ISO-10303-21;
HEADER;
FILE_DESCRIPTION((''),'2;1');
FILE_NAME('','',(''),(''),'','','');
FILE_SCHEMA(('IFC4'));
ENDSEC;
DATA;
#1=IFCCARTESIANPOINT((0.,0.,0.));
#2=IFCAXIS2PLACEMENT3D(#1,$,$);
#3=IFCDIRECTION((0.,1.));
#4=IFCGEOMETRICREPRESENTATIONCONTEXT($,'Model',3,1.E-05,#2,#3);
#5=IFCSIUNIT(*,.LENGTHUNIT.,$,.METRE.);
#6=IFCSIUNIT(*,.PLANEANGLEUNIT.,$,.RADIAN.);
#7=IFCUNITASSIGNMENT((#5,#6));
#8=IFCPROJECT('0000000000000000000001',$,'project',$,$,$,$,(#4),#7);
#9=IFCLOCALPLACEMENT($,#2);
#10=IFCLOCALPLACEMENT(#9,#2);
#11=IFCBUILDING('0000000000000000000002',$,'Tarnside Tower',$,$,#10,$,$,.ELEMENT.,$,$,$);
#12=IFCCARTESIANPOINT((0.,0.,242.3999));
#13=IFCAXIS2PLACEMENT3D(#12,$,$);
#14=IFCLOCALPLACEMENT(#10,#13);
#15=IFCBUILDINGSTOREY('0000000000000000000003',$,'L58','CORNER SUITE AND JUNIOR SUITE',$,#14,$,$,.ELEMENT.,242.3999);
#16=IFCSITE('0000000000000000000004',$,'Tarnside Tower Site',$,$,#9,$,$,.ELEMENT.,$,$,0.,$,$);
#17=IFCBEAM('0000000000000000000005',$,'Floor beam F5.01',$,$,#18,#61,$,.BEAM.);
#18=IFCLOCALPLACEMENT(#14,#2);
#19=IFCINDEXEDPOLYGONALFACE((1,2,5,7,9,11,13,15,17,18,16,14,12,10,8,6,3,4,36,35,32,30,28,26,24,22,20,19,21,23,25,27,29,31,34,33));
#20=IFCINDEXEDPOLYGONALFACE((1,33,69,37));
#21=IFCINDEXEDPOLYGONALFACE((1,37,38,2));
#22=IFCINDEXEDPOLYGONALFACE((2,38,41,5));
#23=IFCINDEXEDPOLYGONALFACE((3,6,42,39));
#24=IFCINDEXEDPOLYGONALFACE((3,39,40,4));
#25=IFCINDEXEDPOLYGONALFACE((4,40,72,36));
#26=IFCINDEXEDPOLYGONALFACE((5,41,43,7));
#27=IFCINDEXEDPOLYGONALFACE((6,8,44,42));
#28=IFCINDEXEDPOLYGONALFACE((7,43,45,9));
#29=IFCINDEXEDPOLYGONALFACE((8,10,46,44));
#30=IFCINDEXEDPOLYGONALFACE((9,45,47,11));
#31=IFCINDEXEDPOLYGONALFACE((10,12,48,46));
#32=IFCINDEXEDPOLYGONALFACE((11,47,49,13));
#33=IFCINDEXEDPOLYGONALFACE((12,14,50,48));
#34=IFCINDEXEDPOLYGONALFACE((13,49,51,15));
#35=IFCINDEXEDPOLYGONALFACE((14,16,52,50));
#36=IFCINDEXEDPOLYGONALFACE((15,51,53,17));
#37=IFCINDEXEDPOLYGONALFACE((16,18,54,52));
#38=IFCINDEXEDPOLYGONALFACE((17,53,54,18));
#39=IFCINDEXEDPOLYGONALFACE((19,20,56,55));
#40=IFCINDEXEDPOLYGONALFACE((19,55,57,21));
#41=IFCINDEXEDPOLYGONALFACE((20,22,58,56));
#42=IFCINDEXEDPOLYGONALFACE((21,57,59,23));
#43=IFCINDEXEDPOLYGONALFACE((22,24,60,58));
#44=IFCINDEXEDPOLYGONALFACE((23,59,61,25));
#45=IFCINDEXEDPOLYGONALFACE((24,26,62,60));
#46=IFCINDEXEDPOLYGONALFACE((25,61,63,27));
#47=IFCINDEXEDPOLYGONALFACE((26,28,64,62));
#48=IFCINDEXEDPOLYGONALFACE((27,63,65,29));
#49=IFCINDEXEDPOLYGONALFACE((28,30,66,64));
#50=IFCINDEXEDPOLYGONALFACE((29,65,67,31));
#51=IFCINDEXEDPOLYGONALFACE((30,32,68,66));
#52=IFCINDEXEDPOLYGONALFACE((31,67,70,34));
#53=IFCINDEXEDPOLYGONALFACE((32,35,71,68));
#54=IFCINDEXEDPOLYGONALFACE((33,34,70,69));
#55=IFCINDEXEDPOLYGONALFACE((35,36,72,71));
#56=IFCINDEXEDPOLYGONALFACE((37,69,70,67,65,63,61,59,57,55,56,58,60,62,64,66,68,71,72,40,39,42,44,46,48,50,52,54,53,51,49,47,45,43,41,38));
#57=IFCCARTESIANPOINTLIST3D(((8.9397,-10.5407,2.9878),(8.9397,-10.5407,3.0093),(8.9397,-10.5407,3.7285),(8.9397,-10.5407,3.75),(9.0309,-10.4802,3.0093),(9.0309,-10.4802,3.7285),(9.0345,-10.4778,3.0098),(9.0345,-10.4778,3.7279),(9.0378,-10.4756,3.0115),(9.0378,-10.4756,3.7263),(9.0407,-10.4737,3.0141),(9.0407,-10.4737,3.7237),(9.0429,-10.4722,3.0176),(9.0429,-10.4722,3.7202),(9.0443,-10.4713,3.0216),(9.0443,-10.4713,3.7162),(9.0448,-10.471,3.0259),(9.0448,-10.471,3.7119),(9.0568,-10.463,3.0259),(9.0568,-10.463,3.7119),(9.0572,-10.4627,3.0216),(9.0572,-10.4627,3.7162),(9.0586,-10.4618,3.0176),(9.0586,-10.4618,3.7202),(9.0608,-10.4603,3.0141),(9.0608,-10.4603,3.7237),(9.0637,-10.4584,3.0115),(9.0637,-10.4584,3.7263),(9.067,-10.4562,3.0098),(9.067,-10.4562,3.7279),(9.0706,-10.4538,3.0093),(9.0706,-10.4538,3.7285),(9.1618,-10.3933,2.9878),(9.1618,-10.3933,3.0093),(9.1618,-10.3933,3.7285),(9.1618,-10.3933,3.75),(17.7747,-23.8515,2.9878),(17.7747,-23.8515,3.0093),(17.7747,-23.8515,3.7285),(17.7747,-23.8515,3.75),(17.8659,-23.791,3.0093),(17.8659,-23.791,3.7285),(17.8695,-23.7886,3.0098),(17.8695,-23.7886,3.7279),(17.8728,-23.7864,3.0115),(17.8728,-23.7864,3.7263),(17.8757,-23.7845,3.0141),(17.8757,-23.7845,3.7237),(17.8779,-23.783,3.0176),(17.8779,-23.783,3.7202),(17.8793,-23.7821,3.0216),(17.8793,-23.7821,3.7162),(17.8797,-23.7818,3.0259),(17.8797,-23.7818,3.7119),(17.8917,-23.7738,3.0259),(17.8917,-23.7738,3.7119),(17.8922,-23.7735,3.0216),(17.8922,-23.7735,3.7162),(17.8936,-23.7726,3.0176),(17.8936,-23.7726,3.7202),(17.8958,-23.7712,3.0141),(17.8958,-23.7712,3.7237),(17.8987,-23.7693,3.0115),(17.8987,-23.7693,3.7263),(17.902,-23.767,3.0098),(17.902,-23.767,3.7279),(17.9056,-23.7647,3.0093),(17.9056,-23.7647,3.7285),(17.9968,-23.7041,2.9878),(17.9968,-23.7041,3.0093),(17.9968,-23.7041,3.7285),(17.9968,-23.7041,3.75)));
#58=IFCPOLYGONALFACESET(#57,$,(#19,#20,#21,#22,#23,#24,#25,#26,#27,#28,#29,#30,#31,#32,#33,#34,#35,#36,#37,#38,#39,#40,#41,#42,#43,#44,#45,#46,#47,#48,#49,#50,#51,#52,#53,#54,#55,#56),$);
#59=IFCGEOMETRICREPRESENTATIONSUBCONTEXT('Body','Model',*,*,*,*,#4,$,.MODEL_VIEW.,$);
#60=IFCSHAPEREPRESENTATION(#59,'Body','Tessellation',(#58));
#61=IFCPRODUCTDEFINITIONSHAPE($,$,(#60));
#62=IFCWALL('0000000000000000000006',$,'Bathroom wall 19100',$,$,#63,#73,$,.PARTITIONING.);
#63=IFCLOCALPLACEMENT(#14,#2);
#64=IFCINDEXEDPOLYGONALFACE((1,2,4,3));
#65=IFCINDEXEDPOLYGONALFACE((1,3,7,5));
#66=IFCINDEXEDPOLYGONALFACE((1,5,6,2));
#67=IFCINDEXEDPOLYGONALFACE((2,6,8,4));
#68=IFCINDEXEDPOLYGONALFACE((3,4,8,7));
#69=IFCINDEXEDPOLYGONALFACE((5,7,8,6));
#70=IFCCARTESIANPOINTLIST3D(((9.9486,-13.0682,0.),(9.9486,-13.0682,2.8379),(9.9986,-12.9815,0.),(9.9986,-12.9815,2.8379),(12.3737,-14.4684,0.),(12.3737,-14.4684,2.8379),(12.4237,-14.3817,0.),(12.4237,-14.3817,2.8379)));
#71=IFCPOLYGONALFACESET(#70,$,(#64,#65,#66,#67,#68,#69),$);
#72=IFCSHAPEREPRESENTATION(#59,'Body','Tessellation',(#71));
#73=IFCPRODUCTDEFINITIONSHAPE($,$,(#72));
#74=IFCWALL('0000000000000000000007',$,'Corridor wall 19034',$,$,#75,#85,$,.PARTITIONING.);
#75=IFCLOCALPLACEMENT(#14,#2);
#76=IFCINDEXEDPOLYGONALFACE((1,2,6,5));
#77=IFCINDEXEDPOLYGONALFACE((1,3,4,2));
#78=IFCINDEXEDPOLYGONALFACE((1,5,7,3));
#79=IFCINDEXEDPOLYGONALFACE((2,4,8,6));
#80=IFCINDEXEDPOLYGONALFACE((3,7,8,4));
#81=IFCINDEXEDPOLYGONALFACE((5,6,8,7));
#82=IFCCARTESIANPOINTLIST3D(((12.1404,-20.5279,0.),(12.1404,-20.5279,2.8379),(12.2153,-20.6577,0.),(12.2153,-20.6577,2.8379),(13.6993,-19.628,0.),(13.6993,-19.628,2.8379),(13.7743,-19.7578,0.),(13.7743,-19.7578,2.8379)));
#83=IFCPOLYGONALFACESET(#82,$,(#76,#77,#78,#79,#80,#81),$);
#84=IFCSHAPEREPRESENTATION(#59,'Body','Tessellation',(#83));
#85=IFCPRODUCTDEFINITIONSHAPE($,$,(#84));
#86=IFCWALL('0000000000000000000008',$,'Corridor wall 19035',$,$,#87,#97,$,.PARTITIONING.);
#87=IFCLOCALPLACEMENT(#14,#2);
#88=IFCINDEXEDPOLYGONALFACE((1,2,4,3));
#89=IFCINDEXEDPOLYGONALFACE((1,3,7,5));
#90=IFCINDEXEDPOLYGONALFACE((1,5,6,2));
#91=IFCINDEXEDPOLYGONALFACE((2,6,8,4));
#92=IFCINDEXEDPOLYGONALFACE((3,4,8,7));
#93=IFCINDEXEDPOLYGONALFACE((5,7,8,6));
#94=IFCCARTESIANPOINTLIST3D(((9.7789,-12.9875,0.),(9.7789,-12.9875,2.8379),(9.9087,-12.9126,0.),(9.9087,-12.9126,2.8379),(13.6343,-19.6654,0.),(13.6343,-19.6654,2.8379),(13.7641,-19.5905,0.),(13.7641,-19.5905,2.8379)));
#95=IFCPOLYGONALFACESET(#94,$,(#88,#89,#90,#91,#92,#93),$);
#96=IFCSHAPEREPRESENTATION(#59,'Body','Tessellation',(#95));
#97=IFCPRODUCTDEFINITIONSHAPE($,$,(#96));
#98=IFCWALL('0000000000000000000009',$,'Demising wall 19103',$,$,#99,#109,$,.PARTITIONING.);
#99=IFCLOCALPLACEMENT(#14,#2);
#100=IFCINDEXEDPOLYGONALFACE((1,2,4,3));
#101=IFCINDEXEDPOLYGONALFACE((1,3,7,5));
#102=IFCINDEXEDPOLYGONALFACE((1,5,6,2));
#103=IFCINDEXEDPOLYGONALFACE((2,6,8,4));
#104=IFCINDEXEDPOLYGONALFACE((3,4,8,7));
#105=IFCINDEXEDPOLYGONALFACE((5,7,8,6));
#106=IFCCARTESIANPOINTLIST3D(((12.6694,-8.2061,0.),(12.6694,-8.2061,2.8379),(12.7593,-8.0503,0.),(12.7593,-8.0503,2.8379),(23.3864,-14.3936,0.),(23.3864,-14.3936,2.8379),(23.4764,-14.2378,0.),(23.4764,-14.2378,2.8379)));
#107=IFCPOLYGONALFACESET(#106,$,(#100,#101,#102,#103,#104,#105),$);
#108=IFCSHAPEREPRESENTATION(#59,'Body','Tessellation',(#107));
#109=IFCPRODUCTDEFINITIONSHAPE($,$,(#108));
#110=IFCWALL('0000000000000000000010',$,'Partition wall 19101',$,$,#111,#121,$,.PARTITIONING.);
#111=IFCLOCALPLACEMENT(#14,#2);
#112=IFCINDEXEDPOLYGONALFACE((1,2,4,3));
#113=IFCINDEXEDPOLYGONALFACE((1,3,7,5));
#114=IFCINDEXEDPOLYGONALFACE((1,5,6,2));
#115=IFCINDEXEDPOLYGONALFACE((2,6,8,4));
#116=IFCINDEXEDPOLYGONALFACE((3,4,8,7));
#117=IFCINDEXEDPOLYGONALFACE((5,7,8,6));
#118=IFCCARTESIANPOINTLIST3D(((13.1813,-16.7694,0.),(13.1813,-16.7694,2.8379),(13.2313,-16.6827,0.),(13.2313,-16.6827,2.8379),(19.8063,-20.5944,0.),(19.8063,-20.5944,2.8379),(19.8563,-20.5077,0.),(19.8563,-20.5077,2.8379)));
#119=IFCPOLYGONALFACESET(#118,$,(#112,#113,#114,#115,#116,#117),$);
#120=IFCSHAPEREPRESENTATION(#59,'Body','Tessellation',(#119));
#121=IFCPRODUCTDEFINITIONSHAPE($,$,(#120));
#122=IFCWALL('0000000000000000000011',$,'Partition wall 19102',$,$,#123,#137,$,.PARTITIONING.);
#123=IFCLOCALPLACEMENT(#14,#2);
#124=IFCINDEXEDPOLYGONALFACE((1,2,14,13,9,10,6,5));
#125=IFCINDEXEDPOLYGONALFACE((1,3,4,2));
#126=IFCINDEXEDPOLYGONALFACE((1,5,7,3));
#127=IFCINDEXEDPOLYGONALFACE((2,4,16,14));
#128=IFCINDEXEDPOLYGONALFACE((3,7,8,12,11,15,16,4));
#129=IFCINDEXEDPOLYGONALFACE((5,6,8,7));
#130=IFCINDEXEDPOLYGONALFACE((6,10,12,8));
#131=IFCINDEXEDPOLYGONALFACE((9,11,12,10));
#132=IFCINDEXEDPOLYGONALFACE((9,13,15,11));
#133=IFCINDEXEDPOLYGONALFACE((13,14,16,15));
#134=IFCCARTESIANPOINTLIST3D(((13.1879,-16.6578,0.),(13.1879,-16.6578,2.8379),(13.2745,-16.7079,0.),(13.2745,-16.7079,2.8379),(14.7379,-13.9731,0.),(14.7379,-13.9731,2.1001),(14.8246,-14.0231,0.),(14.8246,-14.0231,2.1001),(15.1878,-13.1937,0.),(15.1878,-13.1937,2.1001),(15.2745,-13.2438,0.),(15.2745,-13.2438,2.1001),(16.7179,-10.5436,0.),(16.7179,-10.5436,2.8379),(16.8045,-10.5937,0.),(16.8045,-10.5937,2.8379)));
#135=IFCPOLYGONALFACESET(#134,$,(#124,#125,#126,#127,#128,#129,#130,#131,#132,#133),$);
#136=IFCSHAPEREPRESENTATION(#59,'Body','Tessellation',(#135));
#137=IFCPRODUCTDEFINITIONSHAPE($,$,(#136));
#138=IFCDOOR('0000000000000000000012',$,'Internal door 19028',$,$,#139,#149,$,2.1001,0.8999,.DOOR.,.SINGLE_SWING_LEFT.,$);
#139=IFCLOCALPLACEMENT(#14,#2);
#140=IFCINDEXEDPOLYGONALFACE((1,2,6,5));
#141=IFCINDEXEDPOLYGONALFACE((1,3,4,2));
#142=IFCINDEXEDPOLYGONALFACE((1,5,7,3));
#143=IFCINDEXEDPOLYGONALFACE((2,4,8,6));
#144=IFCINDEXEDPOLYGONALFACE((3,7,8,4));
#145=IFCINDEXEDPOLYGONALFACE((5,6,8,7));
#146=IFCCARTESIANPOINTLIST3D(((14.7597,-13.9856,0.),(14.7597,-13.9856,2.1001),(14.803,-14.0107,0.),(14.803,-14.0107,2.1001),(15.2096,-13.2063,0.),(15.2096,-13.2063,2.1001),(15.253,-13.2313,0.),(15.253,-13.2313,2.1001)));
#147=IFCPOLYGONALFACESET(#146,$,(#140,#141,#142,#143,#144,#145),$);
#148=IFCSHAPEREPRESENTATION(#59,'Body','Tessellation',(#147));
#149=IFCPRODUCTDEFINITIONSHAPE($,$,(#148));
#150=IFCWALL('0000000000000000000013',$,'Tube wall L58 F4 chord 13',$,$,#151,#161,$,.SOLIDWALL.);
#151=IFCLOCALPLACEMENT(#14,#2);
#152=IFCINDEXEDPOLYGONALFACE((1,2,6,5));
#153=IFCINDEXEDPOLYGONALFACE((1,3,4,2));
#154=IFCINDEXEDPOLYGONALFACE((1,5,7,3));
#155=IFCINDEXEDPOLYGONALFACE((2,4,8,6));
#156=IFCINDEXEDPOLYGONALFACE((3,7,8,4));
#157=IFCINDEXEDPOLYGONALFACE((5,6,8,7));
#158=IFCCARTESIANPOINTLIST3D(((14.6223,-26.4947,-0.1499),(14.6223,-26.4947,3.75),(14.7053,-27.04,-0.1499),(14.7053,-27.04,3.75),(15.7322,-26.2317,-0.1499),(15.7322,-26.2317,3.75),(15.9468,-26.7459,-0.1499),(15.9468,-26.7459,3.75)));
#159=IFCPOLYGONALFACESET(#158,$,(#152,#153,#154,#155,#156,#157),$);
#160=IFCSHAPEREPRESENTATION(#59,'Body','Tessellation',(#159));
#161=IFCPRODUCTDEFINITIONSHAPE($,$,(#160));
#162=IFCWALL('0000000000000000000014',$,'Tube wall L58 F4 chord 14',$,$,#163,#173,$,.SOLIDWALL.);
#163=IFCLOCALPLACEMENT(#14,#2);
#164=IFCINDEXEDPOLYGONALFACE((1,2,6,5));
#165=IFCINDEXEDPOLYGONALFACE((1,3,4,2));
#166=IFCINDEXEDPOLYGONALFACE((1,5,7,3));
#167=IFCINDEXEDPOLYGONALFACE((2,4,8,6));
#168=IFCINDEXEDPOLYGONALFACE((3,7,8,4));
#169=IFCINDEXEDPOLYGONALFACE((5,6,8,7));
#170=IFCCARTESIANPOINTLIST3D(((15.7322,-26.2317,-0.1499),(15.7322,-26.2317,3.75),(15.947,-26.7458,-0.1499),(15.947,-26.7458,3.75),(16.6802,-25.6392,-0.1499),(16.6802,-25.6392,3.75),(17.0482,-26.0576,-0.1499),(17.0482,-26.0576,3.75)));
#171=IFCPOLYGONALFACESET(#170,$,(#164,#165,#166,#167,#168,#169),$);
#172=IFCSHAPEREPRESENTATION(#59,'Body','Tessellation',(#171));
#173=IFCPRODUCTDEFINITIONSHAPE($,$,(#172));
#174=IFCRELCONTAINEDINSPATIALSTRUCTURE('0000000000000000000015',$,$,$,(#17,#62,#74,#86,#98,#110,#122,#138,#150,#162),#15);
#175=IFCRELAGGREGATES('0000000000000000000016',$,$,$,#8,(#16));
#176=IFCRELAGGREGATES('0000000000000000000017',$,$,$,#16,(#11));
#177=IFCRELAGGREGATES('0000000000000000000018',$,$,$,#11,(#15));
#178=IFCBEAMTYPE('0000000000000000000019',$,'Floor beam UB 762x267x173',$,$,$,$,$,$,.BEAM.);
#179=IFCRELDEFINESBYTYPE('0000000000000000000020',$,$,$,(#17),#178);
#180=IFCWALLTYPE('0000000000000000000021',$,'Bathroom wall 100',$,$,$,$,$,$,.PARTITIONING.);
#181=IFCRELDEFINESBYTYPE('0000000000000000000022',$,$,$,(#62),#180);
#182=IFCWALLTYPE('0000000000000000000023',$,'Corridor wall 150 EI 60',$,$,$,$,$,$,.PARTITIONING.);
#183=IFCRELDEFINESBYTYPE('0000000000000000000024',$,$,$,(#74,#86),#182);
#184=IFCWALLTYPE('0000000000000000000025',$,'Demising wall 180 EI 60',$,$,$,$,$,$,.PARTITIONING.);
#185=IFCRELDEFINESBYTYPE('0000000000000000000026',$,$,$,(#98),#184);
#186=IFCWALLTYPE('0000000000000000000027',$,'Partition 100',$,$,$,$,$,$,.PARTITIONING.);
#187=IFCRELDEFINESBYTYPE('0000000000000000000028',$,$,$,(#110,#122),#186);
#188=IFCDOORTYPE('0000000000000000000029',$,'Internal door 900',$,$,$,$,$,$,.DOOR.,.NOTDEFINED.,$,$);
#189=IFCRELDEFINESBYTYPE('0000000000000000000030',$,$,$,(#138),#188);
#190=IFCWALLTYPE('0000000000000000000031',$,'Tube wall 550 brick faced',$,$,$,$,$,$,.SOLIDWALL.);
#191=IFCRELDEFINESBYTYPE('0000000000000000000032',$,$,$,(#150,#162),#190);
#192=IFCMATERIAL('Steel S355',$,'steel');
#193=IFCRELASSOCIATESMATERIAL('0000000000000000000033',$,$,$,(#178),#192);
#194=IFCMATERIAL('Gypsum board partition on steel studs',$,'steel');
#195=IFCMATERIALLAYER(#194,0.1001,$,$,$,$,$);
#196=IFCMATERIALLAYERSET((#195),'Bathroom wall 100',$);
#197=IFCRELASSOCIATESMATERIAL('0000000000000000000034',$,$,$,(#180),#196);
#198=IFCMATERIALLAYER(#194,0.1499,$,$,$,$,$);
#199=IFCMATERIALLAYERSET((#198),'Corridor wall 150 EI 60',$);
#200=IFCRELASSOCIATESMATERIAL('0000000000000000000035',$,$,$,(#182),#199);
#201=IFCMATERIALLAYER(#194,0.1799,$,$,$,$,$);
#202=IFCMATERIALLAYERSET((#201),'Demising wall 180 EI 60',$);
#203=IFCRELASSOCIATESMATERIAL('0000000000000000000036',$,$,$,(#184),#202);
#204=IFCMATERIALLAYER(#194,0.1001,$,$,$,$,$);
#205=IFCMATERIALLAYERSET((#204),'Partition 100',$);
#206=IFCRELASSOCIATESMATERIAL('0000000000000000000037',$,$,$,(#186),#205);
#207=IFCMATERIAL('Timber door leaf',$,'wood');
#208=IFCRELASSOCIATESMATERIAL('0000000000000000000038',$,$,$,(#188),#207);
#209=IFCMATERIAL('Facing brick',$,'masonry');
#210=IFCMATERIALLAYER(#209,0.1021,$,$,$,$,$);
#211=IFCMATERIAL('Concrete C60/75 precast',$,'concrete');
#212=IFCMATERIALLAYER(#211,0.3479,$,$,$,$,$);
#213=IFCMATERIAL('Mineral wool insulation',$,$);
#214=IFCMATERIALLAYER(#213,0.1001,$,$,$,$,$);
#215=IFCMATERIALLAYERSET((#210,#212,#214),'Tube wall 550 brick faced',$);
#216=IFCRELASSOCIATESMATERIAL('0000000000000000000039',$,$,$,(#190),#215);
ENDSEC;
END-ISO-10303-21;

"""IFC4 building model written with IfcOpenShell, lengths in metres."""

from ifc_helpers import new_model, si_unit, direction, frame, frame_2d, origin, origin_2d, place, context, subcontext, project, spatial, polyline, rectangle, i_section, outline, extrude, material, layer, layer_set, material_profile, profile_set, type_object, element, fill, save


model = new_model("IFC4")

# Units and contexts
model_context = context("Model", 3, precision=1e-05, world=origin(), true_north=direction((0.0, 1.0)))
body_context = subcontext(model_context, "Body", "Model", "MODEL_VIEW")
ifc_project = project(units=[si_unit("LENGTHUNIT", "METRE"), si_unit("PLANEANGLEUNIT", "RADIAN")], contexts=[model_context])

# Site, building, storey
site_placement = place(None, origin())
site = spatial("IfcSite", under=ifc_project, at=site_placement, Name="Tarnside Tower Site", CompositionType="ELEMENT", RefElevation=0.0)
building_placement = place(site_placement, origin())
building = spatial("IfcBuilding", under=site, at=building_placement, Name="Tarnside Tower", CompositionType="ELEMENT")
storey_placement = place(building_placement, frame((0.0, 0.0, 242.3999)))
storey = spatial("IfcBuildingStorey", under=building, at=storey_placement, Name="L58", Description="CORNER SUITE AND JUNIOR SUITE", CompositionType="ELEMENT", Elevation=242.3999)

# Beam
ifc_material_1 = material(Name="Steel S355", Category="steel")
ifc_material_profile_1 = material_profile(ifc_material_1, i_section(OverallWidth=0.2666, OverallDepth=0.7622, WebThickness=0.0144, FlangeThickness=0.0215, FilletRadius=0.0166, at=origin_2d()), Name="UB 762x267x173")
ifc_profile_set_1 = profile_set([ifc_material_profile_1], Name="Steel S355")
beam_type_1 = type_object("IfcBeamType", Name="Floor beam UB 762x267x173", PredefinedType="BEAM", material=ifc_profile_set_1)
beam_1_placement = place(storey_placement, frame((17.8857, -23.7778, 3.3689), z_axis=(-0.553013, 0.833172, 0.0), x_axis=(-0.833172, -0.553013, 0.0)))
element("IfcBeam", 1, at=beam_1_placement, inside=storey, type_object=beam_type_1, Name="Floor beam F5.01", PredefinedType="BEAM", context=body_context, shape_type="SweptSolid", body=[
    extrude(i_section(OverallWidth=0.2666, OverallDepth=0.7622, WebThickness=0.0144, FlangeThickness=0.0215, FilletRadius=0.0166, at=origin_2d()), origin(), (0.0, 0.0, 1.0), 15.9761),
])

# Walls
ifc_material_2 = material(Name="Gypsum board partition on steel studs", Category="steel")
ifc_layer_1 = layer(ifc_material_2, 0.1001)
ifc_layer_set_1 = layer_set([ifc_layer_1], Name="Bathroom wall 100")
wall_type_1 = type_object("IfcWallType", Name="Bathroom wall 100", PredefinedType="PARTITIONING", material=ifc_layer_set_1)
wall_1_placement = place(storey_placement, frame((12.3987, -14.425, 0.0), z_axis=(0.0, 0.0, 1.0), x_axis=(-0.866019, 0.500012, 0.0)))
element("IfcWall", 2, at=wall_1_placement, inside=storey, type_object=wall_type_1, Name="Bathroom wall 19100", PredefinedType="PARTITIONING", context=body_context, shape_type="SweptSolid", body=[
    extrude(rectangle(XDim=2.8003, YDim=0.1001, at=frame_2d((1.4001, 0.0))), origin(), (0.0, 0.0, 1.0), 2.8379),
])
ifc_layer_2 = layer(ifc_material_2, 0.1499)
ifc_layer_set_2 = layer_set([ifc_layer_2], Name="Corridor wall 150 EI 60")
wall_type_2 = type_object("IfcWallType", Name="Corridor wall 150 EI 60", PredefinedType="PARTITIONING", material=ifc_layer_set_2)
wall_2_placement = place(storey_placement, frame((12.178, -20.5928, 0.0), z_axis=(0.0, 0.0, 1.0), x_axis=(0.866048, 0.499961, 0.0)))
element("IfcWall", 3, at=wall_2_placement, inside=storey, type_object=wall_type_2, Name="Corridor wall 19034", PredefinedType="PARTITIONING", context=body_context, shape_type="SweptSolid", body=[
    extrude(rectangle(XDim=1.8, YDim=0.1499, at=frame_2d((0.8999, 0.0))), origin(), (0.0, 0.0, 1.0), 2.8379),
])
wall_3_placement = place(storey_placement, frame((13.6992, -19.6279, 0.0), z_axis=(0.0, 0.0, 1.0), x_axis=(-0.499994, 0.866029, 0.0)))
element("IfcWall", 4, at=wall_3_placement, inside=storey, type_object=wall_type_2, Name="Corridor wall 19035", PredefinedType="PARTITIONING", context=body_context, shape_type="SweptSolid", body=[
    extrude(rectangle(XDim=7.7109, YDim=0.1499, at=frame_2d((3.8555, 0.0))), origin(), (0.0, 0.0, 1.0), 2.8379),
])
ifc_layer_3 = layer(ifc_material_2, 0.1799)
ifc_layer_set_3 = layer_set([ifc_layer_3], Name="Demising wall 180 EI 60")
wall_type_3 = type_object("IfcWallType", Name="Demising wall 180 EI 60", PredefinedType="PARTITIONING", material=ifc_layer_set_3)
wall_4_placement = place(storey_placement, frame((23.4314, -14.3157, 0.0), z_axis=(0.0, 0.0, 1.0), x_axis=(-0.866025, 0.500001, 0.0)))
element("IfcWall", 5, at=wall_4_placement, inside=storey, type_object=wall_type_3, Name="Demising wall 19103", PredefinedType="PARTITIONING", context=body_context, shape_type="SweptSolid", body=[
    extrude(rectangle(XDim=12.375, YDim=0.1799, at=frame_2d((6.1875, 0.0))), origin(), (0.0, 0.0, 1.0), 2.8379),
])
ifc_layer_4 = layer(ifc_material_2, 0.1001)
ifc_layer_set_4 = layer_set([ifc_layer_4], Name="Partition 100")
wall_type_4 = type_object("IfcWallType", Name="Partition 100", PredefinedType="PARTITIONING", material=ifc_layer_set_4)
wall_5_placement = place(storey_placement, frame((19.8313, -20.551, 0.0), z_axis=(0.0, 0.0, 1.0), x_axis=(-0.866025, 0.500001, 0.0)))
element("IfcWall", 6, at=wall_5_placement, inside=storey, type_object=wall_type_4, Name="Partition wall 19101", PredefinedType="PARTITIONING", context=body_context, shape_type="SweptSolid", body=[
    extrude(rectangle(XDim=7.6499, YDim=0.1001, at=frame_2d((3.825, 0.0))), origin(), (0.0, 0.0, 1.0), 2.8379),
])

# Wall, opening, door
wall_6_placement = place(storey_placement, frame((13.2312, -16.6829, 0.0), z_axis=(0.0, 0.0, 1.0), x_axis=(0.499996, 0.866028, 0.0)))
wall_6 = element("IfcWall", 7, at=wall_6_placement, inside=storey, type_object=wall_type_4, Name="Partition wall 19102", PredefinedType="PARTITIONING", context=body_context, shape_type="SweptSolid", body=[
    extrude(rectangle(XDim=7.0601, YDim=0.1001, at=frame_2d((3.53, 0.0))), origin(), (0.0, 0.0, 1.0), 2.8379),
])
opening_1_placement = place(wall_6_placement, frame((3.1001, 0.0, 0.0)))
opening_1 = element("IfcOpeningElement", 8, at=opening_1_placement, cuts=wall_6, PredefinedType="OPENING", context=body_context, shape_type="SweptSolid", body=[
    extrude(rectangle(XDim=0.8999, YDim=2.1001, at=frame_2d((0.45, 1.05))), frame((0.0, 0.0601, 0.0), z_axis=(0.0, -1.0, 0.0), x_axis=(1.0, 0.0, 0.0)), (0.0, 0.0, 1.0), 0.1201),
])
ifc_material_3 = material(Name="Timber door leaf", Category="wood")
door_type = type_object("IfcDoorType", Name="Internal door 900", OperationType="NOTDEFINED", PredefinedType="DOOR", material=ifc_material_3)
door_placement = place(opening_1_placement, origin())
door = element("IfcDoor", 9, at=door_placement, inside=storey, type_object=door_type, Name="Internal door 19028", OperationType="SINGLE_SWING_LEFT", OverallHeight=2.1001, OverallWidth=0.8999, PredefinedType="DOOR", context=body_context, shape_type="SweptSolid", body=[
    extrude(rectangle(XDim=0.8999, YDim=2.1001, at=frame_2d((0.45, 1.05))), frame((0.0, 0.0249, 0.0), z_axis=(0.0, -1.0, 0.0), x_axis=(1.0, 0.0, 0.0)), (0.0, 0.0, 1.0), 0.05),
])
fill(opening_1, door)

# Walls
ifc_material_4 = material(Name="Facing brick", Category="masonry")
ifc_layer_5 = layer(ifc_material_4, 0.1021)
ifc_material_5 = material(Name="Concrete C60/75 precast", Category="concrete")
ifc_layer_6 = layer(ifc_material_5, 0.3479)
ifc_material_6 = material(Name="Mineral wool insulation")
ifc_layer_7 = layer(ifc_material_6, 0.1001)
ifc_layer_set_5 = layer_set([ifc_layer_5, ifc_layer_6, ifc_layer_7], Name="Tube wall 550 brick faced")
wall_type_5 = type_object("IfcWallType", Name="Tube wall 550 brick faced", PredefinedType="SOLIDWALL", material=ifc_layer_set_5)
wall_7_placement = place(storey_placement, frame((14.6638, -26.7673, -0.1499), z_axis=(0.0, 0.0, 1.0), x_axis=(0.973064, 0.230537, 0.0)))
element("IfcWall", 10, at=wall_7_placement, inside=storey, type_object=wall_type_5, Name="Tube wall L58 F4 chord 13", PredefinedType="SOLIDWALL", context=body_context, shape_type="SweptSolid", body=[
    extrude(outline(polyline([(-0.0225, -0.2749), (1.2534, -0.2749), (1.1631, 0.2749), (0.0225, 0.2749), (-0.0225, -0.2749)])), origin(), (0.0, 0.0, 1.0), 3.8999),
])
wall_8_placement = place(storey_placement, frame((15.8396, -26.4888, -0.1499), z_axis=(0.0, 0.0, 1.0), x_axis=(0.84801, 0.529981, 0.0)))
element("IfcWall", 11, at=wall_8_placement, inside=storey, type_object=wall_type_5, Name="Tube wall L58 F4 chord 14", PredefinedType="SOLIDWALL", context=body_context, shape_type="SweptSolid", body=[
    extrude(outline(polyline([(-0.0452, -0.2749), (1.2534, -0.2749), (1.1631, 0.2749), (0.0452, 0.2749), (-0.0452, -0.2749)])), origin(), (0.0, 0.0, 1.0), 3.8999),
])

save(model, "model.ifc")
